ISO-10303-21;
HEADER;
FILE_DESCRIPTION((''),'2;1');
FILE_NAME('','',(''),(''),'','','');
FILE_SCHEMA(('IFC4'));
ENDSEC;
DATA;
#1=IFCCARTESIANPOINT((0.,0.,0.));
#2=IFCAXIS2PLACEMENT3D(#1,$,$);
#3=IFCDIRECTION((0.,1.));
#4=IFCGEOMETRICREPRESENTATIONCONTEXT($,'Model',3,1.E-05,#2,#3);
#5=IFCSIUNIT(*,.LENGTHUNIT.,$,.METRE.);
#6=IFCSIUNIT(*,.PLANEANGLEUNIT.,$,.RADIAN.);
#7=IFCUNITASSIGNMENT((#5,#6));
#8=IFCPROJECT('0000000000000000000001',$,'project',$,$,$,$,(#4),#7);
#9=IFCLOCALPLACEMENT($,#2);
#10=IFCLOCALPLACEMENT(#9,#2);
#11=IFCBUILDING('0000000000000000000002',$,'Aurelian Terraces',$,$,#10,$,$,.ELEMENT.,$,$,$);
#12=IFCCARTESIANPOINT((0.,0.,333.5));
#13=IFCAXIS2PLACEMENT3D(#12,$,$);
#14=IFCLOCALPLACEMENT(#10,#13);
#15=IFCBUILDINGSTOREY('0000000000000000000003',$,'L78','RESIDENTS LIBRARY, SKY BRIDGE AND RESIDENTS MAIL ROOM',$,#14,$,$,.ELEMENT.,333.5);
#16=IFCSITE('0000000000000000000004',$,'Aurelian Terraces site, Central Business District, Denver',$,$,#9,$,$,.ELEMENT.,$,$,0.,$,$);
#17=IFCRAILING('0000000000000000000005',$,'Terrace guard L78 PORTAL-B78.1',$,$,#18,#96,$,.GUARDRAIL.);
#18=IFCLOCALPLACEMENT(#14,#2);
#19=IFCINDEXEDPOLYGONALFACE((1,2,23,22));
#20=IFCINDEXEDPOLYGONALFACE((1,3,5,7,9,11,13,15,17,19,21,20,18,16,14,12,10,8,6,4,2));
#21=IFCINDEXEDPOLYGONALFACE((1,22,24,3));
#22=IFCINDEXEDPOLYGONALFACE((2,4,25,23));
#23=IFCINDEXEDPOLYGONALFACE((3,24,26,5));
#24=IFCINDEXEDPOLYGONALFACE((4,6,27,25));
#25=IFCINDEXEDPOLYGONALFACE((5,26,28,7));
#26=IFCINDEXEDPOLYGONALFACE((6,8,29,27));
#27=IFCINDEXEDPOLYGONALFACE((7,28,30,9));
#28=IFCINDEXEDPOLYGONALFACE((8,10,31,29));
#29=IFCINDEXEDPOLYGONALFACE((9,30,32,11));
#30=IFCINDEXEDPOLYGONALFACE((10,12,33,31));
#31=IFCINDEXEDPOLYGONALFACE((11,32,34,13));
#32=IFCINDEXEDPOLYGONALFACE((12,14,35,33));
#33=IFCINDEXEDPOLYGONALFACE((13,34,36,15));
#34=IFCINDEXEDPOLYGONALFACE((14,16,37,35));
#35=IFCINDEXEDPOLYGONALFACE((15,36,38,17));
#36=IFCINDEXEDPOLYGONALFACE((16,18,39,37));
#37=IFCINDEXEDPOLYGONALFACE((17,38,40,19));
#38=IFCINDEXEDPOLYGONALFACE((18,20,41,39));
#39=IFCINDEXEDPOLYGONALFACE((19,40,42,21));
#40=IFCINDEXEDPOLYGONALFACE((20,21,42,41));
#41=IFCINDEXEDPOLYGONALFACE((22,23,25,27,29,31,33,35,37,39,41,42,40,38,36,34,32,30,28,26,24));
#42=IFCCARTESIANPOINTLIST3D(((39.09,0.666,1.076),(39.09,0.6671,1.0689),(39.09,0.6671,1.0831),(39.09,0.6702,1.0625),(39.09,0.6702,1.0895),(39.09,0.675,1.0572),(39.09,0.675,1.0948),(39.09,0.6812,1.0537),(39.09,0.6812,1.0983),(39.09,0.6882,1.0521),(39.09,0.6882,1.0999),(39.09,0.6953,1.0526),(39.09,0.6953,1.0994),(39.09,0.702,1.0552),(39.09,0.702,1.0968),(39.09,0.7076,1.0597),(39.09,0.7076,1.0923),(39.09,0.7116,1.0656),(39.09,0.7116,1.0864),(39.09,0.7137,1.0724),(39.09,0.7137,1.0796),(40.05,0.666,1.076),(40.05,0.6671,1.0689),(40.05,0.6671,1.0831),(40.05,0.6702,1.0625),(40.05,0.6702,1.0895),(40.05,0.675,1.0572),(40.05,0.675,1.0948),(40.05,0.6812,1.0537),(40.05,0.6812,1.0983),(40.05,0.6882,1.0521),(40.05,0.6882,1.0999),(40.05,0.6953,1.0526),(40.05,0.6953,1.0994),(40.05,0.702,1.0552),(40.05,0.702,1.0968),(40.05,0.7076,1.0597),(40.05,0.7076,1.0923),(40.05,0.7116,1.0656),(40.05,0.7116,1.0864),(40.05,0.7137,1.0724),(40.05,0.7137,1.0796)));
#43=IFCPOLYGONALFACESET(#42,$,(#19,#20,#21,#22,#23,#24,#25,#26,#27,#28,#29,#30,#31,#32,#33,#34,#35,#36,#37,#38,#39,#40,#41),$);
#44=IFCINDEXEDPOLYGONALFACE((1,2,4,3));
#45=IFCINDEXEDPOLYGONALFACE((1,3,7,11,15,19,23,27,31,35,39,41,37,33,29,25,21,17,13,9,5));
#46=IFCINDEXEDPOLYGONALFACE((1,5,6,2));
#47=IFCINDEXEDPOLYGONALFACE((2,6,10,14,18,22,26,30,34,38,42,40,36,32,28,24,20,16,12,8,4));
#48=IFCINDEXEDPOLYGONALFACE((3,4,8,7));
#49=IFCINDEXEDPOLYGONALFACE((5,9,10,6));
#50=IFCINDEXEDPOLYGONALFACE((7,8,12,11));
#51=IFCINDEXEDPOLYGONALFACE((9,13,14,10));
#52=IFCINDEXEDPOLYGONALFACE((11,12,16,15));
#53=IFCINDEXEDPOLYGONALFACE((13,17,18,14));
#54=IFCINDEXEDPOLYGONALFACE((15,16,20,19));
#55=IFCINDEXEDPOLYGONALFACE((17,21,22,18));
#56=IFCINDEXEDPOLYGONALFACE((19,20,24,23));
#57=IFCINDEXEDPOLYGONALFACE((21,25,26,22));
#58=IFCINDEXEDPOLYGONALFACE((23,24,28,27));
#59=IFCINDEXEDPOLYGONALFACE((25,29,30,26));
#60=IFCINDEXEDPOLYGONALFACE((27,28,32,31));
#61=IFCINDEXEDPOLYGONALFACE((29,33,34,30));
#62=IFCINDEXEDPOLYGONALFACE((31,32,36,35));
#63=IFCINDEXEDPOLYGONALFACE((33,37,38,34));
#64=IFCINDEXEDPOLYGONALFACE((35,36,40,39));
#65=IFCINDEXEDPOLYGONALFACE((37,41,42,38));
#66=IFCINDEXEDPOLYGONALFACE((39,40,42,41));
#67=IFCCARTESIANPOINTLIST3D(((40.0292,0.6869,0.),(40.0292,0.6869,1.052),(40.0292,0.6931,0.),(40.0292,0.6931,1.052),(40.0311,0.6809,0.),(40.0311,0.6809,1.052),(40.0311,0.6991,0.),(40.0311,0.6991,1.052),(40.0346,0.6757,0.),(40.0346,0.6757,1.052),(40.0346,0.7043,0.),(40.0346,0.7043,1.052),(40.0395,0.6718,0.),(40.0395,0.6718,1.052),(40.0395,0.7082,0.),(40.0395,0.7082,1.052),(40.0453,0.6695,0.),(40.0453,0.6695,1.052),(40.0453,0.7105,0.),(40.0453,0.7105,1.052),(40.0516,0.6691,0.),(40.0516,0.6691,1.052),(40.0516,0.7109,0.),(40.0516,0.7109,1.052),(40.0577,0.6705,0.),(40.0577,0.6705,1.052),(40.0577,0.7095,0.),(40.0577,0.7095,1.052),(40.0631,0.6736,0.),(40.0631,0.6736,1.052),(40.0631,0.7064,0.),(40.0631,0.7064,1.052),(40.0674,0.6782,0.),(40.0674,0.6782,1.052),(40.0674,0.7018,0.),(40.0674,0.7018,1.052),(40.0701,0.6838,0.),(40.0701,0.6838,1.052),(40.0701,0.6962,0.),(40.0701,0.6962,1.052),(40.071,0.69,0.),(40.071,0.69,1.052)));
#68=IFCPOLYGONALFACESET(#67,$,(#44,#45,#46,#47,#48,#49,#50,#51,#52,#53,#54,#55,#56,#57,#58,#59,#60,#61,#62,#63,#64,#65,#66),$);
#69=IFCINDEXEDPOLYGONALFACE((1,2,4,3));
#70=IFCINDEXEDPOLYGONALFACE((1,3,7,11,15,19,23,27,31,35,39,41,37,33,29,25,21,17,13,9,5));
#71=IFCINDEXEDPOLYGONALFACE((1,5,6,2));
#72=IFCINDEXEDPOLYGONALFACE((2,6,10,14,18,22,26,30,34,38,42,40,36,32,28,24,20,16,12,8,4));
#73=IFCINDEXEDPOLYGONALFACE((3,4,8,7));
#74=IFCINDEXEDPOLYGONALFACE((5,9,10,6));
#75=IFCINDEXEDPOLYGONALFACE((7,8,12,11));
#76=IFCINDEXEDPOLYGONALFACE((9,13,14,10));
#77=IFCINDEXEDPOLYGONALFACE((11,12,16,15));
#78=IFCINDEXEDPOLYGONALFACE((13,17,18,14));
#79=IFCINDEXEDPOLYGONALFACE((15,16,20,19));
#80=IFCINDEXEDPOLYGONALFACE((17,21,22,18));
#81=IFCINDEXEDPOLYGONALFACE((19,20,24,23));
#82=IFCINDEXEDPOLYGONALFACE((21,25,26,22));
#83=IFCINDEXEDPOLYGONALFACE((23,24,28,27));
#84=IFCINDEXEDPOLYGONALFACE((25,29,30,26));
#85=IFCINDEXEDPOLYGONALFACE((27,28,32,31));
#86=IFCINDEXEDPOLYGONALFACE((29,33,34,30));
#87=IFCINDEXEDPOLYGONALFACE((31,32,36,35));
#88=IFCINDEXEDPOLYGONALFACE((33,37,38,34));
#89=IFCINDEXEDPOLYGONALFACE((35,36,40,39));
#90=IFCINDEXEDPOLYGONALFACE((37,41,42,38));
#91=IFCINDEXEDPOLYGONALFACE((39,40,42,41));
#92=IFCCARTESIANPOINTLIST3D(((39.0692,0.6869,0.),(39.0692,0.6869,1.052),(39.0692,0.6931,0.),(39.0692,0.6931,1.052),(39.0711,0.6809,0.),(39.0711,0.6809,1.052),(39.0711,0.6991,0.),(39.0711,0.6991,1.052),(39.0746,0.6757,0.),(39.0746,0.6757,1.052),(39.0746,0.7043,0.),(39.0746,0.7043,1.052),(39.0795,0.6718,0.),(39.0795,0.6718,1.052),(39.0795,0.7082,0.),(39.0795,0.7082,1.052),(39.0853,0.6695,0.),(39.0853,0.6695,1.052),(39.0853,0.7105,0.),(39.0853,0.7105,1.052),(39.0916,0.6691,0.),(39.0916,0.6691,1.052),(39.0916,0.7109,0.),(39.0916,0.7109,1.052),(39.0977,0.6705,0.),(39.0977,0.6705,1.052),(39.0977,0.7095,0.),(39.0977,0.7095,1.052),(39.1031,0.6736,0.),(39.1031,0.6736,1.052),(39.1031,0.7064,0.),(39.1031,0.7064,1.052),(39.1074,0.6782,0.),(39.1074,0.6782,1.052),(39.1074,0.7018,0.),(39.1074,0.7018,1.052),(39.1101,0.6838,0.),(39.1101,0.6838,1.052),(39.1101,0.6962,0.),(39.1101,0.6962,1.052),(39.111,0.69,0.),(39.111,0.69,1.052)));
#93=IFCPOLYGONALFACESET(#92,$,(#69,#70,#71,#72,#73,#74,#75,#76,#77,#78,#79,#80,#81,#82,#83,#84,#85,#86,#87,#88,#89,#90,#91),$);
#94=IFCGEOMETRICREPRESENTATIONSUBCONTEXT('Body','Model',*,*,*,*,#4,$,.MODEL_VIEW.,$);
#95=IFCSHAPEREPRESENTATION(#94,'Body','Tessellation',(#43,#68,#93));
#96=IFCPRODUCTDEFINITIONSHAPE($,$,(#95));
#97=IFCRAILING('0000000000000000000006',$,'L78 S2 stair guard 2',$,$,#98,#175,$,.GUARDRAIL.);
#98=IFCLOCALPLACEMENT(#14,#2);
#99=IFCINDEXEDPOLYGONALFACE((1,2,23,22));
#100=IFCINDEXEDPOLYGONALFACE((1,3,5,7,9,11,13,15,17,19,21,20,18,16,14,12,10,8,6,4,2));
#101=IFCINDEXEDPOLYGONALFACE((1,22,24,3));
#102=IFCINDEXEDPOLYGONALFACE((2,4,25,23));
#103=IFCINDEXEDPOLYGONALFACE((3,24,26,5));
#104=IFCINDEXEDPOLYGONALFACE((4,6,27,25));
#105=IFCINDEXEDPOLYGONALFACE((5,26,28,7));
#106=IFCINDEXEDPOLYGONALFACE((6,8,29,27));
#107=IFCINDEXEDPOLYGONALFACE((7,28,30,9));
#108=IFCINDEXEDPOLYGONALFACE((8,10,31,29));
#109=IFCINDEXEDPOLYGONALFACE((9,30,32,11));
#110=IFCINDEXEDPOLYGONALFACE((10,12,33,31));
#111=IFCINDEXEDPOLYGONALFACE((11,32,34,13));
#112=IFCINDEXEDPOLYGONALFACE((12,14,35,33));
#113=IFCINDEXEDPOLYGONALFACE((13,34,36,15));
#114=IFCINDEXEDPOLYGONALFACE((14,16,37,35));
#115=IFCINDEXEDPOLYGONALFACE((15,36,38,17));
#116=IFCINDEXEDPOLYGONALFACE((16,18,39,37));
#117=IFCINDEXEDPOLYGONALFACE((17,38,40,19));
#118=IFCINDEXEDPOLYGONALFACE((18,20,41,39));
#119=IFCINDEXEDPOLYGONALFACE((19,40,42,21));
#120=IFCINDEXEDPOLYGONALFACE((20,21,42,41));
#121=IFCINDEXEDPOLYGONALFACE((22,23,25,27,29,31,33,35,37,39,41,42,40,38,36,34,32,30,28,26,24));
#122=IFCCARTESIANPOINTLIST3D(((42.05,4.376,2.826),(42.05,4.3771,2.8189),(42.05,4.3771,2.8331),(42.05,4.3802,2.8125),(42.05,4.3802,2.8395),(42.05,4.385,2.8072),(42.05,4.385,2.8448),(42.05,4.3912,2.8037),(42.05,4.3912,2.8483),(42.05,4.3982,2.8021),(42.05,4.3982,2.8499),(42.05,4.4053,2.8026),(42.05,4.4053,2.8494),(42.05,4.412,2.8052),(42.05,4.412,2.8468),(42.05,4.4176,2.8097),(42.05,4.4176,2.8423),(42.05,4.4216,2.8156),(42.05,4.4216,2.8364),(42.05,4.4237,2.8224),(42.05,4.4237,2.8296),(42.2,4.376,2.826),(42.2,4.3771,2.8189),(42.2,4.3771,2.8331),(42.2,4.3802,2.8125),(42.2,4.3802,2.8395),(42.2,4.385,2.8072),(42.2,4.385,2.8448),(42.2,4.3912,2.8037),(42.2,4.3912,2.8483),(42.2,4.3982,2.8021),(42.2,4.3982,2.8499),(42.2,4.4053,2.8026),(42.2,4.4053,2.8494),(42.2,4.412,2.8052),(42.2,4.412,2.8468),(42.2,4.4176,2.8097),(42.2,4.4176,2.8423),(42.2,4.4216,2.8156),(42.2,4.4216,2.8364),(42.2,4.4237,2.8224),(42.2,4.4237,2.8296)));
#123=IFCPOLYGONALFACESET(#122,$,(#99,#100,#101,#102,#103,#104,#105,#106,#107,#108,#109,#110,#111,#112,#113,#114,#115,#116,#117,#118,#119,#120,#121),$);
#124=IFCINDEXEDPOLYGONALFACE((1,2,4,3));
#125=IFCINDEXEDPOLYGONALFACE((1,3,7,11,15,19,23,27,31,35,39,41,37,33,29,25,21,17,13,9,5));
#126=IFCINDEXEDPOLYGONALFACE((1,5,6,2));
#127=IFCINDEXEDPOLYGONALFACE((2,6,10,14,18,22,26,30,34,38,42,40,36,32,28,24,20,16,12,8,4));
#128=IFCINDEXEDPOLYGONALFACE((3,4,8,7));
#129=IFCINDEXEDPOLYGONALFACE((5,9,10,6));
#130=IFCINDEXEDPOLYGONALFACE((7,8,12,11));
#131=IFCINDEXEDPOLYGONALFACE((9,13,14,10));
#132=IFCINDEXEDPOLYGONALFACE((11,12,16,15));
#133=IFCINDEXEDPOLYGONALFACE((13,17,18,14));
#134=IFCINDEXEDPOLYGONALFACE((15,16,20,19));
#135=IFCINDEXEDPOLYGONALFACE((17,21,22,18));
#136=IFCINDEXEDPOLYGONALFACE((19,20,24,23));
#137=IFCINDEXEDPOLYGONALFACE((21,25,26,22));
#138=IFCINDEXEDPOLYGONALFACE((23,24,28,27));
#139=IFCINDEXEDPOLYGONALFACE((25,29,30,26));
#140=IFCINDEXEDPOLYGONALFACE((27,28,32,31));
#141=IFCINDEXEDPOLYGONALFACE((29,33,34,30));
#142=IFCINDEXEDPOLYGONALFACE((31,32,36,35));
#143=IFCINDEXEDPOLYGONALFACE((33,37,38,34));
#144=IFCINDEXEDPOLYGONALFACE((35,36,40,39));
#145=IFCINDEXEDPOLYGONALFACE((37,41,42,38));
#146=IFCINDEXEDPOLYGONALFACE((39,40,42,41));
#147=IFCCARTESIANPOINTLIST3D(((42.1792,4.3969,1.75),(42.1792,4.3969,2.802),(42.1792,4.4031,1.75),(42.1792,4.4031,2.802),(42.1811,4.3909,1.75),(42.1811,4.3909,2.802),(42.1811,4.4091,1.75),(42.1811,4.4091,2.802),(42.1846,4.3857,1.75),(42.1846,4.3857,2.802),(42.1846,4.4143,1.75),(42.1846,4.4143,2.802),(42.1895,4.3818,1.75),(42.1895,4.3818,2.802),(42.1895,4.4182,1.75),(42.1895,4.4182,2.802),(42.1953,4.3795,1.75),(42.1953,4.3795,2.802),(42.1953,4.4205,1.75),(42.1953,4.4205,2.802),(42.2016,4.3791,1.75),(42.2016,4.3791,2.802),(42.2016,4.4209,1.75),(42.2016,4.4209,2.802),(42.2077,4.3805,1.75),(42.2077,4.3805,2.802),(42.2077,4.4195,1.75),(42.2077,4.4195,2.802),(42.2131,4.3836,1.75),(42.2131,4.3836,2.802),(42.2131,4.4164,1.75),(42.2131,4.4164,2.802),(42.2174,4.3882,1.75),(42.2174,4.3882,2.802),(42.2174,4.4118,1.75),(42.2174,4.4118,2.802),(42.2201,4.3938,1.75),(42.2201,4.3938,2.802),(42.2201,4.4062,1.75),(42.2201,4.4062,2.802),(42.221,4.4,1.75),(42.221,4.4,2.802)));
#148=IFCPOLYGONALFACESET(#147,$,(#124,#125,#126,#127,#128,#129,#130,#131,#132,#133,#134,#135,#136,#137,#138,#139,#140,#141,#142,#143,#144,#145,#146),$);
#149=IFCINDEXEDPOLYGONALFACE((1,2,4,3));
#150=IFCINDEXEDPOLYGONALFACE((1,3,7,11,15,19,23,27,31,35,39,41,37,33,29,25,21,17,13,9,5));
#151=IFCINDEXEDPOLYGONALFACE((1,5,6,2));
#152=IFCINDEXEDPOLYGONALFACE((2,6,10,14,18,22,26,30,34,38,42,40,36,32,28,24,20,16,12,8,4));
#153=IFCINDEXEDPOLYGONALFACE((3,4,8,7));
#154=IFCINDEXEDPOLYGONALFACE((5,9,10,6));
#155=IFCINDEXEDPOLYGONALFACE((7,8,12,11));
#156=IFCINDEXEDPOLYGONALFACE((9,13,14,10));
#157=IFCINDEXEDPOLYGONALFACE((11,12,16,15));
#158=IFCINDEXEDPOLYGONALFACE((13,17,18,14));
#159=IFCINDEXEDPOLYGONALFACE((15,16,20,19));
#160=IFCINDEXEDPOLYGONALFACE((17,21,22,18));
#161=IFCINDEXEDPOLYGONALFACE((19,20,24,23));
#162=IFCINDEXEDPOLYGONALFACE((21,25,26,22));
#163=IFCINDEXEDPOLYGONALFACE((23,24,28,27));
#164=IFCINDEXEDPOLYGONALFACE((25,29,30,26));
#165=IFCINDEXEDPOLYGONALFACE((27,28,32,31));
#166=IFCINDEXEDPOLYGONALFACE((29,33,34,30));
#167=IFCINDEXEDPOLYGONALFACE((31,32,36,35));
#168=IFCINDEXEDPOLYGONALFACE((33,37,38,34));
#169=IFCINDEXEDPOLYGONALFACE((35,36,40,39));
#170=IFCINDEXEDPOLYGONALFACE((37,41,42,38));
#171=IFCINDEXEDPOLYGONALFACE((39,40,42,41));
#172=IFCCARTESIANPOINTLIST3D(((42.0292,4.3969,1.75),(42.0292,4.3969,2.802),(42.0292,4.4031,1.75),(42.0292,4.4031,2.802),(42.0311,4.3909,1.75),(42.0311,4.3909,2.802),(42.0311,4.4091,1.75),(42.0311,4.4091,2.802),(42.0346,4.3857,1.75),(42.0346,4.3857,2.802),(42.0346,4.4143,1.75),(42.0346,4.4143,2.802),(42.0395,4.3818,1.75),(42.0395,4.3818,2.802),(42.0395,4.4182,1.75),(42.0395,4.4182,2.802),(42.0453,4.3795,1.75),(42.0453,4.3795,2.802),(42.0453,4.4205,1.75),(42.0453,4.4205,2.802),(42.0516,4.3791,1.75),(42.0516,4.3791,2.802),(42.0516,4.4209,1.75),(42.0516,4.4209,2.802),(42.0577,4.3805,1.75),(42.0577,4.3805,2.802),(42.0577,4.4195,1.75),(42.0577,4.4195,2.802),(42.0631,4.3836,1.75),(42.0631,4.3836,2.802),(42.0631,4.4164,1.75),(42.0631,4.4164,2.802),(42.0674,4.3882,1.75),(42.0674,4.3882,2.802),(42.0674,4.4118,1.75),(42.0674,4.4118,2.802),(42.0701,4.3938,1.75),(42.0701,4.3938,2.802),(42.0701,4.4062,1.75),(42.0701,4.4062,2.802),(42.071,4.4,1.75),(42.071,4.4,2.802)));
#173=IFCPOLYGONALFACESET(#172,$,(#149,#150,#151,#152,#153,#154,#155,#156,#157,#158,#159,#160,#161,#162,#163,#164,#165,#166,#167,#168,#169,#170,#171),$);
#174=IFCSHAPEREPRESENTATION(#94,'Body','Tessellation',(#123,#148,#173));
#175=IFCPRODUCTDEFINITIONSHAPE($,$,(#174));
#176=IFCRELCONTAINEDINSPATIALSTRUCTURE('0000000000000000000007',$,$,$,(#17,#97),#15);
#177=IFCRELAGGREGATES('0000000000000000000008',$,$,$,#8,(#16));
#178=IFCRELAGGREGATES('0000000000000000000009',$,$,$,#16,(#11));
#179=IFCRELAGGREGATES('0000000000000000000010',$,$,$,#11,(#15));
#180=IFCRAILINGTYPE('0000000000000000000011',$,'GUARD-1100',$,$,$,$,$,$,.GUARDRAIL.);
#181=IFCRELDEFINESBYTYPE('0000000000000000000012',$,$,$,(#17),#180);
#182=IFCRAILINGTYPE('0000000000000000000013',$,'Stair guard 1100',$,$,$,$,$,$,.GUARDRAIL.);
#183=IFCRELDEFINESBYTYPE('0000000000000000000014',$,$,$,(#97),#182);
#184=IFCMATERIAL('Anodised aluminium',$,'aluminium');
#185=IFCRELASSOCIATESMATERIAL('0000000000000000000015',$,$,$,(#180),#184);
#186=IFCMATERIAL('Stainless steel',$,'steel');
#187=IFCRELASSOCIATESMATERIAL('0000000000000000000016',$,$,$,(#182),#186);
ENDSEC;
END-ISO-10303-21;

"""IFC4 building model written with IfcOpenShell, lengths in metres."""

from ifc_helpers import new_model, si_unit, direction, frame, origin, origin_2d, place, context, subcontext, project, spatial, circle, extrude, source, transform, mapped, material, type_object, element, save


model = new_model("IFC4")

# Units and contexts
model_context = context("Model", 3, precision=1e-05, world=origin(), true_north=direction((0.0, 1.0)))
body_context = subcontext(model_context, "Body", "Model", "MODEL_VIEW")
ifc_project = project(units=[si_unit("LENGTHUNIT", "METRE"), si_unit("PLANEANGLEUNIT", "RADIAN")], contexts=[model_context])

# Site, building, storey
site_placement = place(None, origin())
site = spatial("IfcSite", under=ifc_project, at=site_placement, Name="Aurelian Terraces site, Central Business District, Denver", CompositionType="ELEMENT", RefElevation=0.0)
building_placement = place(site_placement, origin())
building = spatial("IfcBuilding", under=site, at=building_placement, Name="Aurelian Terraces", CompositionType="ELEMENT")
storey_placement = place(building_placement, frame((0.0, 0.0, 333.5)))
storey = spatial("IfcBuildingStorey", under=building, at=storey_placement, Name="L78", Description="RESIDENTS LIBRARY, SKY BRIDGE AND RESIDENTS MAIL ROOM", CompositionType="ELEMENT", Elevation=333.5)

# Railings
ifc_material_1 = material(Name="Anodised aluminium", Category="aluminium")
railing_type_1 = type_object("IfcRailingType", Name="GUARD-1100", PredefinedType="GUARDRAIL", material=ifc_material_1)
railing_1_placement = place(storey_placement, frame((40.05, 0.69, 0.0)))
element("IfcRailing", 1, at=railing_1_placement, inside=storey, type_object=railing_type_1, Name="Terrace guard L78 PORTAL-B78.1", PredefinedType="GUARDRAIL", context=body_context, shape_type="SweptSolid", body=[
    extrude(circle(Radius=0.024, at=origin_2d()), frame((0.0, 0.0, 1.076), z_axis=(-1.0, 0.0, 0.0), x_axis=(0.0, -1.0, 0.0)), (0.0, 0.0, 1.0), 0.96),
    extrude(circle(Radius=0.021, at=origin_2d()), origin(), (0.0, 0.0, 1.0), 1.052),
    extrude(circle(Radius=0.021, at=origin_2d()), frame((-0.96, 0.0, 0.0)), (0.0, 0.0, 1.0), 1.052),
])
ifc_material_2 = material(Name="Stainless steel", Category="steel")
railing_type_2 = type_object("IfcRailingType", Name="Stair guard 1100", PredefinedType="GUARDRAIL", material=ifc_material_2)
shared_shape_1 = source(origin(), body_context, "Body", "SweptSolid", [
    extrude(circle(Radius=0.024, at=origin_2d()), frame((0.0, 0.0, 1.076), z_axis=(-1.0, 0.0, 0.0), x_axis=(0.0, -1.0, 0.0)), (0.0, 0.0, 1.0), 0.15),
    extrude(circle(Radius=0.021, at=origin_2d()), origin(), (0.0, 0.0, 1.0), 1.052),
    extrude(circle(Radius=0.021, at=origin_2d()), frame((-0.15, 0.0, 0.0)), (0.0, 0.0, 1.0), 1.052),
])
for number, where, name in (
    (2, (42.2, 4.4, 1.75), "L78 S2 stair guard 2"),
):
    element("IfcRailing", number, at=place(storey_placement, frame(where)), inside=storey, type_object=railing_type_2, Name=name, PredefinedType="GUARDRAIL", context=body_context, shape_type="MappedRepresentation", body=[
        mapped(shared_shape_1, transform((0.0, 0.0, 0.0), scale=1.0)),
    ])

save(model, "model.ifc")
